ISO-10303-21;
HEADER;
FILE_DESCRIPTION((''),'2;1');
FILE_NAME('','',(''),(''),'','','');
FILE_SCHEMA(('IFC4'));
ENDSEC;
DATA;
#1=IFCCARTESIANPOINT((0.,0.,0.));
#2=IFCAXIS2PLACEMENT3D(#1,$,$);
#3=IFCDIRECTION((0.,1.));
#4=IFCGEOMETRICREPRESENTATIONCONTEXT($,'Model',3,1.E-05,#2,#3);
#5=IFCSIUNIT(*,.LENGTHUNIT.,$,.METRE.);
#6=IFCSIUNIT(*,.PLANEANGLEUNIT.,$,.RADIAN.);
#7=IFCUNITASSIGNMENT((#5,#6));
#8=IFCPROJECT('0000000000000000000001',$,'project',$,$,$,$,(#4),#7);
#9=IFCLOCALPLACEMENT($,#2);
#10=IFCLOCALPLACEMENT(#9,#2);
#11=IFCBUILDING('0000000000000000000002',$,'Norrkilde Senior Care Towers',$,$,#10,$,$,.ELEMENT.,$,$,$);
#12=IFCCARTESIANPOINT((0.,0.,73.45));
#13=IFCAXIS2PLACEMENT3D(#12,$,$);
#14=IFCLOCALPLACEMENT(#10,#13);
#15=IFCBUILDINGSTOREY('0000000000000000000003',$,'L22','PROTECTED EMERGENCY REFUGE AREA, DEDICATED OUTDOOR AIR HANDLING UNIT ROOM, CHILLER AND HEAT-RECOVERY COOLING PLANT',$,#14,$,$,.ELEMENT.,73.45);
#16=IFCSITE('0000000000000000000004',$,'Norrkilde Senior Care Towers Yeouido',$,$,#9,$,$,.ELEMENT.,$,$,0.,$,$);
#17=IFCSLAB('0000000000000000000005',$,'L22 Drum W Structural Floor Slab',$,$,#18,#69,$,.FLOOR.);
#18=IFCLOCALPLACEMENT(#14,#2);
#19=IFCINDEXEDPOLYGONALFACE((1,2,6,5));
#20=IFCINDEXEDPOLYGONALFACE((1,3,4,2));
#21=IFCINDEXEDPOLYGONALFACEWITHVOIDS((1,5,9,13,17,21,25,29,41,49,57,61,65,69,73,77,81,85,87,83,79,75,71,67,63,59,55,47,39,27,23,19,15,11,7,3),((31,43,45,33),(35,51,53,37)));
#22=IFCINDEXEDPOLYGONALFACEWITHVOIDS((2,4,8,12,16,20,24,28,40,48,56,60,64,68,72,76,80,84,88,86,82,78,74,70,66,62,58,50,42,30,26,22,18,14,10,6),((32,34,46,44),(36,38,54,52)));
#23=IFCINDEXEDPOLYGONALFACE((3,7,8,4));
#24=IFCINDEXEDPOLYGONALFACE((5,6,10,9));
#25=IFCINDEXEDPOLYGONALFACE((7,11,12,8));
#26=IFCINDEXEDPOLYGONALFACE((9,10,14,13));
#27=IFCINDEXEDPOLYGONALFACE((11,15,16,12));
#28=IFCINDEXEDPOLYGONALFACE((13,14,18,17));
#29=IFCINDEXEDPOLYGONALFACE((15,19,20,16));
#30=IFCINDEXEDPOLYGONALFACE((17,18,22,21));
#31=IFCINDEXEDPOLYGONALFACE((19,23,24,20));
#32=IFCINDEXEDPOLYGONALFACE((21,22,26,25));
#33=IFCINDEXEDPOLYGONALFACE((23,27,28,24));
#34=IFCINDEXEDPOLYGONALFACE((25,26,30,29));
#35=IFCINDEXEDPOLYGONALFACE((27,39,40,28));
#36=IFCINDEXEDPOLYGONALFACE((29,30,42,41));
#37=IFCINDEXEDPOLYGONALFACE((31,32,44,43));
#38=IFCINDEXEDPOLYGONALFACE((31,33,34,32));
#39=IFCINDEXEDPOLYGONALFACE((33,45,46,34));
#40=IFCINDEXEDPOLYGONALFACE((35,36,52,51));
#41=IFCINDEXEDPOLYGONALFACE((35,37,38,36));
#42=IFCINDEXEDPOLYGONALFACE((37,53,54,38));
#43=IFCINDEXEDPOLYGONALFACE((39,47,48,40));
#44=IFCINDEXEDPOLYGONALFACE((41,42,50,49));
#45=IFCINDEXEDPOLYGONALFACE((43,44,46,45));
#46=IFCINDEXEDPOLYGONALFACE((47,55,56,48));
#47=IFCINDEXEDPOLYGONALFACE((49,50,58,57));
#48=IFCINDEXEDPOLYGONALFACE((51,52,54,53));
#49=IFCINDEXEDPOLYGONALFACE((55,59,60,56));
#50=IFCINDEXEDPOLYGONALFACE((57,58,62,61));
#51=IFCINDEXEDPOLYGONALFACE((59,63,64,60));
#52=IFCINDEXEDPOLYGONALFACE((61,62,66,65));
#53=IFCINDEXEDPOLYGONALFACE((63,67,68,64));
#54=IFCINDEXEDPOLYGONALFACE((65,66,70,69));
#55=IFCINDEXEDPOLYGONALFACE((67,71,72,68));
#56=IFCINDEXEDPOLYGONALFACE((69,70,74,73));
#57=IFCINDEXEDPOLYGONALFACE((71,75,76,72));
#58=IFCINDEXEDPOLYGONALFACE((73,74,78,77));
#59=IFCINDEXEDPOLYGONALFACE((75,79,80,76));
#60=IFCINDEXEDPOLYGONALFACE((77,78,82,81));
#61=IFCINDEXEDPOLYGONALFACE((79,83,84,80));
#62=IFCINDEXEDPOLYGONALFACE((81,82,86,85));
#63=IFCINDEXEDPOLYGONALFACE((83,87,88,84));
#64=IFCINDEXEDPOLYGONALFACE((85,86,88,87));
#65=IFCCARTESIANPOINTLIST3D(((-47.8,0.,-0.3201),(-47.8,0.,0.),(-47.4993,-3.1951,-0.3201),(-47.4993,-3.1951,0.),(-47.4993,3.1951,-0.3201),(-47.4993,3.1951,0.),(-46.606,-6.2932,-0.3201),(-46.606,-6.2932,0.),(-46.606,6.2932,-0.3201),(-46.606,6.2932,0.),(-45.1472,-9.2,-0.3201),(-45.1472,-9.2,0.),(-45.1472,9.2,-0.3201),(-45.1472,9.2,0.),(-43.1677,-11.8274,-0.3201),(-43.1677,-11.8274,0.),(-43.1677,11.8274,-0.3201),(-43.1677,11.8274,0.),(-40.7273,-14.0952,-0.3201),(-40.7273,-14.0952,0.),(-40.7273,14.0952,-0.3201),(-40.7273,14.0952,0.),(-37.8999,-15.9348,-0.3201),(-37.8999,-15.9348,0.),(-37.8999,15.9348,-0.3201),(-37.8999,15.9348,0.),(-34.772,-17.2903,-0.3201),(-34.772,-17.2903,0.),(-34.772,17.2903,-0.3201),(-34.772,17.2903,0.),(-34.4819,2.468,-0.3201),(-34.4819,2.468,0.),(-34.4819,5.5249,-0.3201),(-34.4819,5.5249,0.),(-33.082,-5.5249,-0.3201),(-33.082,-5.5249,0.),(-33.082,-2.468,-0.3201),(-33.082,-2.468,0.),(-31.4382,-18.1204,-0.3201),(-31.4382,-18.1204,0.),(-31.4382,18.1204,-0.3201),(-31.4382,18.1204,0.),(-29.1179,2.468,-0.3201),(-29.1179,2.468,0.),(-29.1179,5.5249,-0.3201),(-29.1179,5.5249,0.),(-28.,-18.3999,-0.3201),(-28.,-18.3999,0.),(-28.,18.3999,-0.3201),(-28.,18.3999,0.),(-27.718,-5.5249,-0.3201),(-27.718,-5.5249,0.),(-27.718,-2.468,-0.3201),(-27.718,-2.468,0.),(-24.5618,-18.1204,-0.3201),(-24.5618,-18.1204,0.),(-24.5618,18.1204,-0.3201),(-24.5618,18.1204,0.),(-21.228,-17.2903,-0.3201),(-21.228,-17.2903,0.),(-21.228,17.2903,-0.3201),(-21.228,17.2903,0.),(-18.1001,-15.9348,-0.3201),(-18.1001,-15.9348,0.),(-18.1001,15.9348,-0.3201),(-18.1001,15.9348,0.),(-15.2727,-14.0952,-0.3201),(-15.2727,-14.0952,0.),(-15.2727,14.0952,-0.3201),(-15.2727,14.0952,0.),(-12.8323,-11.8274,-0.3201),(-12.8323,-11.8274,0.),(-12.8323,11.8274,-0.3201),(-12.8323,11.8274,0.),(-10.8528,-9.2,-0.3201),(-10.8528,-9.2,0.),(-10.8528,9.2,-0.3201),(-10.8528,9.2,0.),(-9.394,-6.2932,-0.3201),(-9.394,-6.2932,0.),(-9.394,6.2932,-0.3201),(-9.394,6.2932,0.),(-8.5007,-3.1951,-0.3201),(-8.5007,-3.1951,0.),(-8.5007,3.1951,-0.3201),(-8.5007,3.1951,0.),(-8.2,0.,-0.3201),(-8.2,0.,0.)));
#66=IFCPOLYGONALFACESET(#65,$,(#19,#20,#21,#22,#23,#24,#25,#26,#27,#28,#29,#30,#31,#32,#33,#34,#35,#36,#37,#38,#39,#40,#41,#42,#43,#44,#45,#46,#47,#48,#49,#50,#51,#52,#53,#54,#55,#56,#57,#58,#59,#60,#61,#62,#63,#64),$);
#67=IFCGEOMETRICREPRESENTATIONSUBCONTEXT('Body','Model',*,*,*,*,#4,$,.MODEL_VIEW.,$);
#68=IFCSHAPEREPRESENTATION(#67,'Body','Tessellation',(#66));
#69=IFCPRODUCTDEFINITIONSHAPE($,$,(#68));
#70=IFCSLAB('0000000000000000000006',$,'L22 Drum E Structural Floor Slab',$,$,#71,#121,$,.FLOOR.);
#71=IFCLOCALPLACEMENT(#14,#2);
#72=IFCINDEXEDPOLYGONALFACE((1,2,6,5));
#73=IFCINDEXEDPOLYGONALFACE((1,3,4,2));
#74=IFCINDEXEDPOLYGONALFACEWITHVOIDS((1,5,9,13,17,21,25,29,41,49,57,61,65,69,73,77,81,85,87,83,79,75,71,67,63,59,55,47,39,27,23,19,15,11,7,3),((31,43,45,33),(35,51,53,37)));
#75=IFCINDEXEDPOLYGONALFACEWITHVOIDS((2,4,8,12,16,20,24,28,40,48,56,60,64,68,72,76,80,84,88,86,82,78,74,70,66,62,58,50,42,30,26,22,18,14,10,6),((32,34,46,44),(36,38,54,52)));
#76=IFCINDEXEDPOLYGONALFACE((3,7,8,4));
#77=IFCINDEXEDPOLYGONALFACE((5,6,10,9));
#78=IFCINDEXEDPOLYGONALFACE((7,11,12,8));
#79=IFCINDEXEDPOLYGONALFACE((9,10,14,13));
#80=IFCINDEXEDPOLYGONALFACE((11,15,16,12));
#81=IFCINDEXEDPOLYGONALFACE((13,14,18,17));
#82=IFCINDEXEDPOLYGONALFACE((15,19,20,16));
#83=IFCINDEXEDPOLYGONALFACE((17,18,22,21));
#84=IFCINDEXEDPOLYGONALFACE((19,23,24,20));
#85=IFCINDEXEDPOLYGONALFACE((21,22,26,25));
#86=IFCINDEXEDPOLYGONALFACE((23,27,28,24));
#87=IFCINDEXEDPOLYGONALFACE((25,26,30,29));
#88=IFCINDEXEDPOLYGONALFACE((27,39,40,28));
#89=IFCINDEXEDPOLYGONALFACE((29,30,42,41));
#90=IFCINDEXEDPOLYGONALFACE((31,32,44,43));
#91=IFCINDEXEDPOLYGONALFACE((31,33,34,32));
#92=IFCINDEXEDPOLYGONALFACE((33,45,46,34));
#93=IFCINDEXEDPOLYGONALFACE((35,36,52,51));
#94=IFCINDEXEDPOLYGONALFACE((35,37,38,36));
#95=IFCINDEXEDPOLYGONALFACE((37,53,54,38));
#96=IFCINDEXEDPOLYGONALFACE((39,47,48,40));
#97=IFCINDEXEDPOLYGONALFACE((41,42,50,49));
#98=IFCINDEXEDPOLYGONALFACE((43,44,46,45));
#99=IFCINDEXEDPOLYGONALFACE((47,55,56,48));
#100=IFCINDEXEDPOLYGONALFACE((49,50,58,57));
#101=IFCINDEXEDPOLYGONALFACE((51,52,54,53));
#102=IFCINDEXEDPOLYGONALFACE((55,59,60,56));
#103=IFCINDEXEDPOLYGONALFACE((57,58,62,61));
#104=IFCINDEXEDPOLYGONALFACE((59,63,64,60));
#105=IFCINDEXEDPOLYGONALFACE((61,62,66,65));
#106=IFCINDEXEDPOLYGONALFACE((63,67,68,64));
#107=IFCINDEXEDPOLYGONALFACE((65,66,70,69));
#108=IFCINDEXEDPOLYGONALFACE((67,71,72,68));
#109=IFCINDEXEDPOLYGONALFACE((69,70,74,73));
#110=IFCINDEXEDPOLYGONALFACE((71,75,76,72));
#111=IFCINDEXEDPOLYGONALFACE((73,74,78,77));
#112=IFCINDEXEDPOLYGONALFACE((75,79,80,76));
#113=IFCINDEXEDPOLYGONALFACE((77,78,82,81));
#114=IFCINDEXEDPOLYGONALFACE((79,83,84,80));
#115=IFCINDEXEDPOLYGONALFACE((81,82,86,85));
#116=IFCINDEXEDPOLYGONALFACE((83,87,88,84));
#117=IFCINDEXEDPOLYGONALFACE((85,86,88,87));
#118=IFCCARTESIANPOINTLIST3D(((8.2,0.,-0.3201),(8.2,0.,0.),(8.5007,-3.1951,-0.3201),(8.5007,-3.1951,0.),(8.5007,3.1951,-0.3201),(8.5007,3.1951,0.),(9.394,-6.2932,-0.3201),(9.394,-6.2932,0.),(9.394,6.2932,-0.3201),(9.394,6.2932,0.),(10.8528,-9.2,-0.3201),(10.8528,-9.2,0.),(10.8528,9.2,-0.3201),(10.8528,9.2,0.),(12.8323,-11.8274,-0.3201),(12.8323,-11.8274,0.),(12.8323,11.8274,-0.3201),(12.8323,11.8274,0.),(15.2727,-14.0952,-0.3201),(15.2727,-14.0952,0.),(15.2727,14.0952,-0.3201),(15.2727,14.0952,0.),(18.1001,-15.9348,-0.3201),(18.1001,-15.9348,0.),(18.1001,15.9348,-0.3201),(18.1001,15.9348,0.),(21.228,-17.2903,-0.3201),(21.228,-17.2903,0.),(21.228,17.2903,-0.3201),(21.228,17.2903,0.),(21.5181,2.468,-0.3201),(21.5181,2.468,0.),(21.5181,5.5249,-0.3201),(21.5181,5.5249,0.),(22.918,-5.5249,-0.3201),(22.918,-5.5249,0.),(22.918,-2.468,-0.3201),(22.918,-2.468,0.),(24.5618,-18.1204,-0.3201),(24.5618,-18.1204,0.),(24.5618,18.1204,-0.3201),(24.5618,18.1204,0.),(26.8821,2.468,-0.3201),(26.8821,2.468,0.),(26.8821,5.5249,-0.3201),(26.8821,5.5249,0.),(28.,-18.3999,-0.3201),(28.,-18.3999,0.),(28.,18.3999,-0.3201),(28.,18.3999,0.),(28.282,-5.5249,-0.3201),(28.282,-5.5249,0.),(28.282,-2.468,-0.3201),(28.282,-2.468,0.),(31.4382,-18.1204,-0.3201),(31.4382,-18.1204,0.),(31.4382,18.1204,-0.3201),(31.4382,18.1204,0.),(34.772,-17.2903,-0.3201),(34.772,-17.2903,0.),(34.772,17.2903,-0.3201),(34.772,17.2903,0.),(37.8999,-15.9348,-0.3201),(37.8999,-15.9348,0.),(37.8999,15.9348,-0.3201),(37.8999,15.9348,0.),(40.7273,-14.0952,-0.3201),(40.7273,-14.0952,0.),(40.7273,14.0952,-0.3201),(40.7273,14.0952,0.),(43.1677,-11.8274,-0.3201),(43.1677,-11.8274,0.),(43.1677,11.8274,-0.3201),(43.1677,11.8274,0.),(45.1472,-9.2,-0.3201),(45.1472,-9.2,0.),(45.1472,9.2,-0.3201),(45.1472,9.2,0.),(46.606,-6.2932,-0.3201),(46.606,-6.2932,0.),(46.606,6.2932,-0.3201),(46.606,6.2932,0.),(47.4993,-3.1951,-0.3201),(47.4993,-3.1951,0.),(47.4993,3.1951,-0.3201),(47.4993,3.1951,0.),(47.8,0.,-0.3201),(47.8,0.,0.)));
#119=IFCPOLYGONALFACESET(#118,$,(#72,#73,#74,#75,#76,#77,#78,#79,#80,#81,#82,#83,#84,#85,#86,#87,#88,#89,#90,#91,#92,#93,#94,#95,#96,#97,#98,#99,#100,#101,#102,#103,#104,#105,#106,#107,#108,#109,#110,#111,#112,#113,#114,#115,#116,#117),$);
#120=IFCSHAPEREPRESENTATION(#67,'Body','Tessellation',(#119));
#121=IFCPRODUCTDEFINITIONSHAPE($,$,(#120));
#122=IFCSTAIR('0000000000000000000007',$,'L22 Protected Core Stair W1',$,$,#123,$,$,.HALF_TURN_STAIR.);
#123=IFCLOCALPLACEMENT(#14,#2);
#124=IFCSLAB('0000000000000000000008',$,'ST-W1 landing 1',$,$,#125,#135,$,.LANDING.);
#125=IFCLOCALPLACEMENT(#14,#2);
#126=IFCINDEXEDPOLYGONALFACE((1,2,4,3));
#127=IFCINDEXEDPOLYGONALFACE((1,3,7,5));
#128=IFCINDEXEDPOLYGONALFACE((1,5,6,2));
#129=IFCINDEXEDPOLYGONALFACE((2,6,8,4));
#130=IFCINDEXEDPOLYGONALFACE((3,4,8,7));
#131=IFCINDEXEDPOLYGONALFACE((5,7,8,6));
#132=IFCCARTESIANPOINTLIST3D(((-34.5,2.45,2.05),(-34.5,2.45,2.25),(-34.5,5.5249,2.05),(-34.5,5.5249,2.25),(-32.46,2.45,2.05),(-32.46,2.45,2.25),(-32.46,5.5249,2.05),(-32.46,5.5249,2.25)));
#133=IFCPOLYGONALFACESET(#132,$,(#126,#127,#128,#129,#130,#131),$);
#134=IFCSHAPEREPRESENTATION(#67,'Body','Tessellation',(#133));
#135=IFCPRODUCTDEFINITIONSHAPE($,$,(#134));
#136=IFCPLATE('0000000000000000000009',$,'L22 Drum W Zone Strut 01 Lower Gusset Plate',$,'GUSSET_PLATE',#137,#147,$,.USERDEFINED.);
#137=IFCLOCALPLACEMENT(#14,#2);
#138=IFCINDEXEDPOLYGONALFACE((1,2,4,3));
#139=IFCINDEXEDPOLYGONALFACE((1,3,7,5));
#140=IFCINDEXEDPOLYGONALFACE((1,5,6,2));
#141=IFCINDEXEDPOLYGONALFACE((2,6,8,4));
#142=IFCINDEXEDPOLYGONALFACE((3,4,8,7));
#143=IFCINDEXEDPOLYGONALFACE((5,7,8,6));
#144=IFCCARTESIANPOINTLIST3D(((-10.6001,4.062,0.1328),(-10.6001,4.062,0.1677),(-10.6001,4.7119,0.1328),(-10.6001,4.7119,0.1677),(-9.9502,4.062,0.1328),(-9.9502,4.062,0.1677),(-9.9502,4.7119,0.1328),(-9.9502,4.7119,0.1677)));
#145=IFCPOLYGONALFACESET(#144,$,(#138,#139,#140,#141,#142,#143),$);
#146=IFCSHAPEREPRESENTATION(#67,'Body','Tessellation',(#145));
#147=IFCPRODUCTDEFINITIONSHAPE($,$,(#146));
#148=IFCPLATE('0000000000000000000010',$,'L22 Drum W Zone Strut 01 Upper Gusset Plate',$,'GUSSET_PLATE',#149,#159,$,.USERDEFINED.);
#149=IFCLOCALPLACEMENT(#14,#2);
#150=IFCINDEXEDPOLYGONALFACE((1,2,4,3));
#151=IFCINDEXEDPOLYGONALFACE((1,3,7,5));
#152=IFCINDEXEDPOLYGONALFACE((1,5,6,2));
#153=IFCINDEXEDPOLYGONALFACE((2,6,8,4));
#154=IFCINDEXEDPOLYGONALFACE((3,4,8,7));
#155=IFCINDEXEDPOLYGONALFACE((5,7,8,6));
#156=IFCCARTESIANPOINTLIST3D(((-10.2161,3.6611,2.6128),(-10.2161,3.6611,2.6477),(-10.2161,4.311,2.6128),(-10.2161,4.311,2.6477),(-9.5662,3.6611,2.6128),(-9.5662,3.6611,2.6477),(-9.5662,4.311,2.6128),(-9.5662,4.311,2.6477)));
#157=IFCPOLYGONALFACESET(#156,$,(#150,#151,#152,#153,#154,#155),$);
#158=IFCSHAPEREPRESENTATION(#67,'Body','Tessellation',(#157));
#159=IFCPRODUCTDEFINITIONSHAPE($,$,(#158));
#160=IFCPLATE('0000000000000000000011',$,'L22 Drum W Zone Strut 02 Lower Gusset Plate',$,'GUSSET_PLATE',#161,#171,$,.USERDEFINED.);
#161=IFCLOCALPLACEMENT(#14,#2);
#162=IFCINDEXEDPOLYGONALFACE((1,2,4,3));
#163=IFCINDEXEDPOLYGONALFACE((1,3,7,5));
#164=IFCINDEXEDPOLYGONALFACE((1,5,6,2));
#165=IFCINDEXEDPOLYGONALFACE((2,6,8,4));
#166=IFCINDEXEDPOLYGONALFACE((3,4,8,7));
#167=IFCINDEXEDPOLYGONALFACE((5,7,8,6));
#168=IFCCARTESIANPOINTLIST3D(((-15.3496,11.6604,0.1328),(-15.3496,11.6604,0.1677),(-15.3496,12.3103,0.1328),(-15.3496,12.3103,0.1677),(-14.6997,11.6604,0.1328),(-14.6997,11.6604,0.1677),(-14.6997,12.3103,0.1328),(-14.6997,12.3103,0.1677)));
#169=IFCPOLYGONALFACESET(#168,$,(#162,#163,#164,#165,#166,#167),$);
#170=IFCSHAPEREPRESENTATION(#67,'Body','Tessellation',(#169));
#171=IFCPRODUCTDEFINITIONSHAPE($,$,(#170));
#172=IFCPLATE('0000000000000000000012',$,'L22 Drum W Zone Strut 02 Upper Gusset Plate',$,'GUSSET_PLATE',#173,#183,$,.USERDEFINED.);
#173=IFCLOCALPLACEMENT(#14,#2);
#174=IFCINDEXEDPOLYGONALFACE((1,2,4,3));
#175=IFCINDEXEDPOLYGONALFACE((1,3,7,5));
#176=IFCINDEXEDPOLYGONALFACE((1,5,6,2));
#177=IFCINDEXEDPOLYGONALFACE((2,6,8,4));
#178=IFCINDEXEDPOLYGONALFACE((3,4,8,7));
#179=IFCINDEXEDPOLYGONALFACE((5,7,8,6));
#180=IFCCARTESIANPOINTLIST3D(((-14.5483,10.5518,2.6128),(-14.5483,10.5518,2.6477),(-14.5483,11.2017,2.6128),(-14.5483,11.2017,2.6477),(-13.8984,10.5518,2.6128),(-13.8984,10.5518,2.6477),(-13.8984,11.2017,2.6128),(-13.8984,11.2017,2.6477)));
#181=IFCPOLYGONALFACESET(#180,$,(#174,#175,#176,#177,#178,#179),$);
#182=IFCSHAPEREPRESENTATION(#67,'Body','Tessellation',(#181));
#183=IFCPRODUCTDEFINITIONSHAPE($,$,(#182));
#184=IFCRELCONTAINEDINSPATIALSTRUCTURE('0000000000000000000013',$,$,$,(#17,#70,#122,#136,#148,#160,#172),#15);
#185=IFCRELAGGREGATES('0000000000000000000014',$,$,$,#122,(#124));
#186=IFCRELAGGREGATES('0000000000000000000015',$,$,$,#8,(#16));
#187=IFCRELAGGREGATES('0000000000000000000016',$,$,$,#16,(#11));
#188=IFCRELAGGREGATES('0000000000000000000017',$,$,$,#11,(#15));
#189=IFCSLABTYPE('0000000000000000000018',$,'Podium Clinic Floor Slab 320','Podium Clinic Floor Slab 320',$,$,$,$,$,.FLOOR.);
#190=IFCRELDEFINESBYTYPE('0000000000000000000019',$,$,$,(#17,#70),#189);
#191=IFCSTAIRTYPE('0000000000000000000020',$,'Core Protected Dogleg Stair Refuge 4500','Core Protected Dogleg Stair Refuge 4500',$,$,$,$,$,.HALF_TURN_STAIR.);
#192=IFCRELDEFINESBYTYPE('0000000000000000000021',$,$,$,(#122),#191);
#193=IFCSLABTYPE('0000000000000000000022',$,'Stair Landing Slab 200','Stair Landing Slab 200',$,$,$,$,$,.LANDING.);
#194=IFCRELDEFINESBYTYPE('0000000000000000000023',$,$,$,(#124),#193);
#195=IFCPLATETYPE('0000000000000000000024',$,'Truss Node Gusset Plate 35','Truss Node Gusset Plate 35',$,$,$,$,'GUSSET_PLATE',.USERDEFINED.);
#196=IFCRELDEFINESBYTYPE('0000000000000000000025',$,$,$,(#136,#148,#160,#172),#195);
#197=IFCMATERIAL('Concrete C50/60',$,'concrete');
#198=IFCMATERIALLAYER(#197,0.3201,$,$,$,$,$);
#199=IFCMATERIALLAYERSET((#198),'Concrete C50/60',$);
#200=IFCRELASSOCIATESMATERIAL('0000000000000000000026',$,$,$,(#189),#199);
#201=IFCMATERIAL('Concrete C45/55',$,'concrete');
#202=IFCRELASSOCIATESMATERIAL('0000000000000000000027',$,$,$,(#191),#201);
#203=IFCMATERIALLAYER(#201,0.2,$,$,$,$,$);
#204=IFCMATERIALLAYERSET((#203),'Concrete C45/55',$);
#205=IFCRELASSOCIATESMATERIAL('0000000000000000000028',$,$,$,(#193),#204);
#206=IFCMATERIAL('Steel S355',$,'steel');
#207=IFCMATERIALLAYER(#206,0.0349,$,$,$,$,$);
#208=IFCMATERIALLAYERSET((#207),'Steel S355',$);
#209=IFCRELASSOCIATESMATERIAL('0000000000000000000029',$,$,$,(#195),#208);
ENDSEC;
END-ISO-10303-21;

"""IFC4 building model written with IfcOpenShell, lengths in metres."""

from ifc_helpers import new_model, si_unit, direction, frame, origin, origin_2d, place, context, subcontext, project, spatial, polyline, rectangle, outline, extrude, source, transform, mapped, material, layer, layer_set, type_object, type_shapes, element, aggregate, save


model = new_model("IFC4")

# Units and contexts
model_context = context("Model", 3, precision=1e-05, world=origin(), true_north=direction((0.0, 1.0)))
body_context = subcontext(model_context, "Body", "Model", "MODEL_VIEW")
ifc_project = project(units=[si_unit("LENGTHUNIT", "METRE"), si_unit("PLANEANGLEUNIT", "RADIAN")], contexts=[model_context])

# Site, building, storey
site_placement = place(None, origin())
site = spatial("IfcSite", under=ifc_project, at=site_placement, Name="Norrkilde Senior Care Towers Yeouido", CompositionType="ELEMENT", RefElevation=0.0)
building_placement = place(site_placement, origin())
building = spatial("IfcBuilding", under=site, at=building_placement, Name="Norrkilde Senior Care Towers", CompositionType="ELEMENT")
storey_placement = place(building_placement, frame((0.0, 0.0, 73.45)))
storey = spatial("IfcBuildingStorey", under=building, at=storey_placement, Name="L22", Description="PROTECTED EMERGENCY REFUGE AREA, DEDICATED OUTDOOR AIR HANDLING UNIT ROOM, CHILLER AND HEAT-RECOVERY COOLING PLANT", CompositionType="ELEMENT", Elevation=73.45)

# Shared definitions
ifc_material_1 = material(Name="Steel S355", Category="steel")

# Slabs
ifc_material_2 = material(Name="Concrete C50/60", Category="concrete")
ifc_layer_1 = layer(ifc_material_2, 0.3201)
ifc_layer_set_1 = layer_set([ifc_layer_1], Name="Concrete C50/60")
slab_type_1 = type_object("IfcSlabType", Name="Podium Clinic Floor Slab 320", Description="Podium Clinic Floor Slab 320", PredefinedType="FLOOR", material=ifc_layer_set_1)
slab_1_placement = place(storey_placement, frame((0.0, 0.0, -0.3201)))
element("IfcSlab", 1, at=slab_1_placement, inside=storey, type_object=slab_type_1, Name="L22 Drum W Structural Floor Slab", PredefinedType="FLOOR", context=body_context, shape_type="SweptSolid", body=[
    extrude(outline(polyline([(-9.394, -6.2932), (-10.8528, -9.2), (-12.8323, -11.8274), (-15.2727, -14.0952), (-18.1001, -15.9348), (-21.228, -17.2903), (-24.5618, -18.1204), (-28.0, -18.3999), (-31.4382, -18.1204), (-34.772, -17.2903), (-37.8999, -15.9348), (-40.7273, -14.0952), (-43.1677, -11.8274), (-45.1472, -9.2), (-46.606, -6.2932), (-47.4993, -3.1951), (-47.8, 0.0), (-47.4993, 3.1951), (-46.606, 6.2932), (-45.1472, 9.2), (-43.1677, 11.8274), (-40.7273, 14.0952), (-37.8999, 15.9348), (-34.772, 17.2903), (-31.4382, 18.1204), (-28.0, 18.3999), (-24.5618, 18.1204), (-21.228, 17.2903), (-18.1001, 15.9348), (-15.2727, 14.0952), (-12.8323, 11.8274), (-10.8528, 9.2), (-9.394, 6.2932), (-8.5007, 3.1951), (-8.2, 0.0), (-8.5007, -3.1951), (-9.394, -6.2932)]), holes=[polyline([(-34.4819, 2.468), (-29.1179, 2.468), (-29.1179, 5.5249), (-34.4819, 5.5249), (-34.4819, 2.468)]), polyline([(-27.718, -5.5249), (-27.718, -2.468), (-33.082, -2.468), (-33.082, -5.5249), (-27.718, -5.5249)])]), origin(), (0.0, 0.0, 1.0), 0.3201),
])
slab_2_placement = place(storey_placement, frame((0.0, 0.0, -0.3201)))
element("IfcSlab", 2, at=slab_2_placement, inside=storey, type_object=slab_type_1, Name="L22 Drum E Structural Floor Slab", PredefinedType="FLOOR", context=body_context, shape_type="SweptSolid", body=[
    extrude(outline(polyline([(46.606, -6.2932), (45.1472, -9.2), (43.1677, -11.8274), (40.7273, -14.0952), (37.8999, -15.9348), (34.772, -17.2903), (31.4382, -18.1204), (28.0, -18.3999), (24.5618, -18.1204), (21.228, -17.2903), (18.1001, -15.9348), (15.2727, -14.0952), (12.8323, -11.8274), (10.8528, -9.2), (9.394, -6.2932), (8.5007, -3.1951), (8.2, 0.0), (8.5007, 3.1951), (9.394, 6.2932), (10.8528, 9.2), (12.8323, 11.8274), (15.2727, 14.0952), (18.1001, 15.9348), (21.228, 17.2903), (24.5618, 18.1204), (28.0, 18.3999), (31.4382, 18.1204), (34.772, 17.2903), (37.8999, 15.9348), (40.7273, 14.0952), (43.1677, 11.8274), (45.1472, 9.2), (46.606, 6.2932), (47.4993, 3.1951), (47.8, 0.0), (47.4993, -3.1951), (46.606, -6.2932)]), holes=[polyline([(21.5181, 2.468), (26.8821, 2.468), (26.8821, 5.5249), (21.5181, 5.5249), (21.5181, 2.468)]), polyline([(28.282, -5.5249), (28.282, -2.468), (22.918, -2.468), (22.918, -5.5249), (28.282, -5.5249)])]), origin(), (0.0, 0.0, 1.0), 0.3201),
])

# Stair, slab
ifc_material_3 = material(Name="Concrete C45/55", Category="concrete")
stair_type = type_object("IfcStairType", Name="Core Protected Dogleg Stair Refuge 4500", Description="Core Protected Dogleg Stair Refuge 4500", PredefinedType="HALF_TURN_STAIR", material=ifc_material_3)
stair_placement = place(storey_placement, origin())
stair = element("IfcStair", 3, at=stair_placement, inside=storey, type_object=stair_type, Name="L22 Protected Core Stair W1", PredefinedType="HALF_TURN_STAIR")
ifc_layer_2 = layer(ifc_material_3, 0.2)
ifc_layer_set_2 = layer_set([ifc_layer_2], Name="Concrete C45/55")
slab_type_2 = type_object("IfcSlabType", Name="Stair Landing Slab 200", Description="Stair Landing Slab 200", PredefinedType="LANDING", material=ifc_layer_set_2)
slab_3_placement = place(storey_placement, frame((0.0, 0.0, 2.05)))
slab_3 = element("IfcSlab", 4, at=slab_3_placement, type_object=slab_type_2, Name="ST-W1 landing 1", PredefinedType="LANDING", context=body_context, shape_type="SweptSolid", body=[
    extrude(outline(polyline([(-32.46, 5.5249), (-34.5, 5.5249), (-34.5, 2.45), (-32.46, 2.45), (-32.46, 5.5249)])), origin(), (0.0, 0.0, 1.0), 0.2),
])
aggregate(stair, [slab_3])

# Plates
ifc_layer_3 = layer(ifc_material_1, 0.0349)
ifc_layer_set_3 = layer_set([ifc_layer_3], Name="Steel S355")
plate_type_1 = type_object("IfcPlateType", Name="Truss Node Gusset Plate 35", Description="Truss Node Gusset Plate 35", ElementType="GUSSET_PLATE", PredefinedType="USERDEFINED", material=ifc_layer_set_3)
shared_shape_1 = source(origin(), body_context, "Body", "SweptSolid", [
    extrude(rectangle(XDim=0.6499, YDim=0.6499, at=origin_2d()), origin(), (0.0, 0.0, 1.0), 0.0349),
])
type_shapes(plate_type_1, [shared_shape_1])
for number, where, z_axis, x_axis, name in (
    (5, (-10.2751, 4.387, 0.1328), (0.0, 0.0, 1.0), (1.0, 0.0, 0.0), "L22 Drum W Zone Strut 01 Lower Gusset Plate"),
    (6, (-9.8911, 3.9861, 2.6128), (0.0, 0.0, 1.0), (1.0, 0.0, 0.0), "L22 Drum W Zone Strut 01 Upper Gusset Plate"),
    (7, (-15.0247, 11.9854, 0.1328), (0.0, 0.0, 1.0), (1.0, 0.0, 0.0), "L22 Drum W Zone Strut 02 Lower Gusset Plate"),
    (8, (-14.2234, 10.8767, 2.6128), (0.0, 0.0, 1.0), (1.0, 0.0, 0.0), "L22 Drum W Zone Strut 02 Upper Gusset Plate"),
):
    element("IfcPlate", number, at=place(storey_placement, frame(where, z_axis=z_axis, x_axis=x_axis)), inside=storey, type_object=plate_type_1, Name=name, ObjectType="GUSSET_PLATE", PredefinedType="USERDEFINED", context=body_context, shape_type="MappedRepresentation", body=[
        mapped(shared_shape_1, transform((0.0, 0.0, 0.0), x_axis=(1.0, 0.0, 0.0), y_axis=(0.0, 1.0, 0.0), z_axis=(0.0, 0.0, 1.0), scale=1.0)),
    ])

save(model, "model.ifc")
